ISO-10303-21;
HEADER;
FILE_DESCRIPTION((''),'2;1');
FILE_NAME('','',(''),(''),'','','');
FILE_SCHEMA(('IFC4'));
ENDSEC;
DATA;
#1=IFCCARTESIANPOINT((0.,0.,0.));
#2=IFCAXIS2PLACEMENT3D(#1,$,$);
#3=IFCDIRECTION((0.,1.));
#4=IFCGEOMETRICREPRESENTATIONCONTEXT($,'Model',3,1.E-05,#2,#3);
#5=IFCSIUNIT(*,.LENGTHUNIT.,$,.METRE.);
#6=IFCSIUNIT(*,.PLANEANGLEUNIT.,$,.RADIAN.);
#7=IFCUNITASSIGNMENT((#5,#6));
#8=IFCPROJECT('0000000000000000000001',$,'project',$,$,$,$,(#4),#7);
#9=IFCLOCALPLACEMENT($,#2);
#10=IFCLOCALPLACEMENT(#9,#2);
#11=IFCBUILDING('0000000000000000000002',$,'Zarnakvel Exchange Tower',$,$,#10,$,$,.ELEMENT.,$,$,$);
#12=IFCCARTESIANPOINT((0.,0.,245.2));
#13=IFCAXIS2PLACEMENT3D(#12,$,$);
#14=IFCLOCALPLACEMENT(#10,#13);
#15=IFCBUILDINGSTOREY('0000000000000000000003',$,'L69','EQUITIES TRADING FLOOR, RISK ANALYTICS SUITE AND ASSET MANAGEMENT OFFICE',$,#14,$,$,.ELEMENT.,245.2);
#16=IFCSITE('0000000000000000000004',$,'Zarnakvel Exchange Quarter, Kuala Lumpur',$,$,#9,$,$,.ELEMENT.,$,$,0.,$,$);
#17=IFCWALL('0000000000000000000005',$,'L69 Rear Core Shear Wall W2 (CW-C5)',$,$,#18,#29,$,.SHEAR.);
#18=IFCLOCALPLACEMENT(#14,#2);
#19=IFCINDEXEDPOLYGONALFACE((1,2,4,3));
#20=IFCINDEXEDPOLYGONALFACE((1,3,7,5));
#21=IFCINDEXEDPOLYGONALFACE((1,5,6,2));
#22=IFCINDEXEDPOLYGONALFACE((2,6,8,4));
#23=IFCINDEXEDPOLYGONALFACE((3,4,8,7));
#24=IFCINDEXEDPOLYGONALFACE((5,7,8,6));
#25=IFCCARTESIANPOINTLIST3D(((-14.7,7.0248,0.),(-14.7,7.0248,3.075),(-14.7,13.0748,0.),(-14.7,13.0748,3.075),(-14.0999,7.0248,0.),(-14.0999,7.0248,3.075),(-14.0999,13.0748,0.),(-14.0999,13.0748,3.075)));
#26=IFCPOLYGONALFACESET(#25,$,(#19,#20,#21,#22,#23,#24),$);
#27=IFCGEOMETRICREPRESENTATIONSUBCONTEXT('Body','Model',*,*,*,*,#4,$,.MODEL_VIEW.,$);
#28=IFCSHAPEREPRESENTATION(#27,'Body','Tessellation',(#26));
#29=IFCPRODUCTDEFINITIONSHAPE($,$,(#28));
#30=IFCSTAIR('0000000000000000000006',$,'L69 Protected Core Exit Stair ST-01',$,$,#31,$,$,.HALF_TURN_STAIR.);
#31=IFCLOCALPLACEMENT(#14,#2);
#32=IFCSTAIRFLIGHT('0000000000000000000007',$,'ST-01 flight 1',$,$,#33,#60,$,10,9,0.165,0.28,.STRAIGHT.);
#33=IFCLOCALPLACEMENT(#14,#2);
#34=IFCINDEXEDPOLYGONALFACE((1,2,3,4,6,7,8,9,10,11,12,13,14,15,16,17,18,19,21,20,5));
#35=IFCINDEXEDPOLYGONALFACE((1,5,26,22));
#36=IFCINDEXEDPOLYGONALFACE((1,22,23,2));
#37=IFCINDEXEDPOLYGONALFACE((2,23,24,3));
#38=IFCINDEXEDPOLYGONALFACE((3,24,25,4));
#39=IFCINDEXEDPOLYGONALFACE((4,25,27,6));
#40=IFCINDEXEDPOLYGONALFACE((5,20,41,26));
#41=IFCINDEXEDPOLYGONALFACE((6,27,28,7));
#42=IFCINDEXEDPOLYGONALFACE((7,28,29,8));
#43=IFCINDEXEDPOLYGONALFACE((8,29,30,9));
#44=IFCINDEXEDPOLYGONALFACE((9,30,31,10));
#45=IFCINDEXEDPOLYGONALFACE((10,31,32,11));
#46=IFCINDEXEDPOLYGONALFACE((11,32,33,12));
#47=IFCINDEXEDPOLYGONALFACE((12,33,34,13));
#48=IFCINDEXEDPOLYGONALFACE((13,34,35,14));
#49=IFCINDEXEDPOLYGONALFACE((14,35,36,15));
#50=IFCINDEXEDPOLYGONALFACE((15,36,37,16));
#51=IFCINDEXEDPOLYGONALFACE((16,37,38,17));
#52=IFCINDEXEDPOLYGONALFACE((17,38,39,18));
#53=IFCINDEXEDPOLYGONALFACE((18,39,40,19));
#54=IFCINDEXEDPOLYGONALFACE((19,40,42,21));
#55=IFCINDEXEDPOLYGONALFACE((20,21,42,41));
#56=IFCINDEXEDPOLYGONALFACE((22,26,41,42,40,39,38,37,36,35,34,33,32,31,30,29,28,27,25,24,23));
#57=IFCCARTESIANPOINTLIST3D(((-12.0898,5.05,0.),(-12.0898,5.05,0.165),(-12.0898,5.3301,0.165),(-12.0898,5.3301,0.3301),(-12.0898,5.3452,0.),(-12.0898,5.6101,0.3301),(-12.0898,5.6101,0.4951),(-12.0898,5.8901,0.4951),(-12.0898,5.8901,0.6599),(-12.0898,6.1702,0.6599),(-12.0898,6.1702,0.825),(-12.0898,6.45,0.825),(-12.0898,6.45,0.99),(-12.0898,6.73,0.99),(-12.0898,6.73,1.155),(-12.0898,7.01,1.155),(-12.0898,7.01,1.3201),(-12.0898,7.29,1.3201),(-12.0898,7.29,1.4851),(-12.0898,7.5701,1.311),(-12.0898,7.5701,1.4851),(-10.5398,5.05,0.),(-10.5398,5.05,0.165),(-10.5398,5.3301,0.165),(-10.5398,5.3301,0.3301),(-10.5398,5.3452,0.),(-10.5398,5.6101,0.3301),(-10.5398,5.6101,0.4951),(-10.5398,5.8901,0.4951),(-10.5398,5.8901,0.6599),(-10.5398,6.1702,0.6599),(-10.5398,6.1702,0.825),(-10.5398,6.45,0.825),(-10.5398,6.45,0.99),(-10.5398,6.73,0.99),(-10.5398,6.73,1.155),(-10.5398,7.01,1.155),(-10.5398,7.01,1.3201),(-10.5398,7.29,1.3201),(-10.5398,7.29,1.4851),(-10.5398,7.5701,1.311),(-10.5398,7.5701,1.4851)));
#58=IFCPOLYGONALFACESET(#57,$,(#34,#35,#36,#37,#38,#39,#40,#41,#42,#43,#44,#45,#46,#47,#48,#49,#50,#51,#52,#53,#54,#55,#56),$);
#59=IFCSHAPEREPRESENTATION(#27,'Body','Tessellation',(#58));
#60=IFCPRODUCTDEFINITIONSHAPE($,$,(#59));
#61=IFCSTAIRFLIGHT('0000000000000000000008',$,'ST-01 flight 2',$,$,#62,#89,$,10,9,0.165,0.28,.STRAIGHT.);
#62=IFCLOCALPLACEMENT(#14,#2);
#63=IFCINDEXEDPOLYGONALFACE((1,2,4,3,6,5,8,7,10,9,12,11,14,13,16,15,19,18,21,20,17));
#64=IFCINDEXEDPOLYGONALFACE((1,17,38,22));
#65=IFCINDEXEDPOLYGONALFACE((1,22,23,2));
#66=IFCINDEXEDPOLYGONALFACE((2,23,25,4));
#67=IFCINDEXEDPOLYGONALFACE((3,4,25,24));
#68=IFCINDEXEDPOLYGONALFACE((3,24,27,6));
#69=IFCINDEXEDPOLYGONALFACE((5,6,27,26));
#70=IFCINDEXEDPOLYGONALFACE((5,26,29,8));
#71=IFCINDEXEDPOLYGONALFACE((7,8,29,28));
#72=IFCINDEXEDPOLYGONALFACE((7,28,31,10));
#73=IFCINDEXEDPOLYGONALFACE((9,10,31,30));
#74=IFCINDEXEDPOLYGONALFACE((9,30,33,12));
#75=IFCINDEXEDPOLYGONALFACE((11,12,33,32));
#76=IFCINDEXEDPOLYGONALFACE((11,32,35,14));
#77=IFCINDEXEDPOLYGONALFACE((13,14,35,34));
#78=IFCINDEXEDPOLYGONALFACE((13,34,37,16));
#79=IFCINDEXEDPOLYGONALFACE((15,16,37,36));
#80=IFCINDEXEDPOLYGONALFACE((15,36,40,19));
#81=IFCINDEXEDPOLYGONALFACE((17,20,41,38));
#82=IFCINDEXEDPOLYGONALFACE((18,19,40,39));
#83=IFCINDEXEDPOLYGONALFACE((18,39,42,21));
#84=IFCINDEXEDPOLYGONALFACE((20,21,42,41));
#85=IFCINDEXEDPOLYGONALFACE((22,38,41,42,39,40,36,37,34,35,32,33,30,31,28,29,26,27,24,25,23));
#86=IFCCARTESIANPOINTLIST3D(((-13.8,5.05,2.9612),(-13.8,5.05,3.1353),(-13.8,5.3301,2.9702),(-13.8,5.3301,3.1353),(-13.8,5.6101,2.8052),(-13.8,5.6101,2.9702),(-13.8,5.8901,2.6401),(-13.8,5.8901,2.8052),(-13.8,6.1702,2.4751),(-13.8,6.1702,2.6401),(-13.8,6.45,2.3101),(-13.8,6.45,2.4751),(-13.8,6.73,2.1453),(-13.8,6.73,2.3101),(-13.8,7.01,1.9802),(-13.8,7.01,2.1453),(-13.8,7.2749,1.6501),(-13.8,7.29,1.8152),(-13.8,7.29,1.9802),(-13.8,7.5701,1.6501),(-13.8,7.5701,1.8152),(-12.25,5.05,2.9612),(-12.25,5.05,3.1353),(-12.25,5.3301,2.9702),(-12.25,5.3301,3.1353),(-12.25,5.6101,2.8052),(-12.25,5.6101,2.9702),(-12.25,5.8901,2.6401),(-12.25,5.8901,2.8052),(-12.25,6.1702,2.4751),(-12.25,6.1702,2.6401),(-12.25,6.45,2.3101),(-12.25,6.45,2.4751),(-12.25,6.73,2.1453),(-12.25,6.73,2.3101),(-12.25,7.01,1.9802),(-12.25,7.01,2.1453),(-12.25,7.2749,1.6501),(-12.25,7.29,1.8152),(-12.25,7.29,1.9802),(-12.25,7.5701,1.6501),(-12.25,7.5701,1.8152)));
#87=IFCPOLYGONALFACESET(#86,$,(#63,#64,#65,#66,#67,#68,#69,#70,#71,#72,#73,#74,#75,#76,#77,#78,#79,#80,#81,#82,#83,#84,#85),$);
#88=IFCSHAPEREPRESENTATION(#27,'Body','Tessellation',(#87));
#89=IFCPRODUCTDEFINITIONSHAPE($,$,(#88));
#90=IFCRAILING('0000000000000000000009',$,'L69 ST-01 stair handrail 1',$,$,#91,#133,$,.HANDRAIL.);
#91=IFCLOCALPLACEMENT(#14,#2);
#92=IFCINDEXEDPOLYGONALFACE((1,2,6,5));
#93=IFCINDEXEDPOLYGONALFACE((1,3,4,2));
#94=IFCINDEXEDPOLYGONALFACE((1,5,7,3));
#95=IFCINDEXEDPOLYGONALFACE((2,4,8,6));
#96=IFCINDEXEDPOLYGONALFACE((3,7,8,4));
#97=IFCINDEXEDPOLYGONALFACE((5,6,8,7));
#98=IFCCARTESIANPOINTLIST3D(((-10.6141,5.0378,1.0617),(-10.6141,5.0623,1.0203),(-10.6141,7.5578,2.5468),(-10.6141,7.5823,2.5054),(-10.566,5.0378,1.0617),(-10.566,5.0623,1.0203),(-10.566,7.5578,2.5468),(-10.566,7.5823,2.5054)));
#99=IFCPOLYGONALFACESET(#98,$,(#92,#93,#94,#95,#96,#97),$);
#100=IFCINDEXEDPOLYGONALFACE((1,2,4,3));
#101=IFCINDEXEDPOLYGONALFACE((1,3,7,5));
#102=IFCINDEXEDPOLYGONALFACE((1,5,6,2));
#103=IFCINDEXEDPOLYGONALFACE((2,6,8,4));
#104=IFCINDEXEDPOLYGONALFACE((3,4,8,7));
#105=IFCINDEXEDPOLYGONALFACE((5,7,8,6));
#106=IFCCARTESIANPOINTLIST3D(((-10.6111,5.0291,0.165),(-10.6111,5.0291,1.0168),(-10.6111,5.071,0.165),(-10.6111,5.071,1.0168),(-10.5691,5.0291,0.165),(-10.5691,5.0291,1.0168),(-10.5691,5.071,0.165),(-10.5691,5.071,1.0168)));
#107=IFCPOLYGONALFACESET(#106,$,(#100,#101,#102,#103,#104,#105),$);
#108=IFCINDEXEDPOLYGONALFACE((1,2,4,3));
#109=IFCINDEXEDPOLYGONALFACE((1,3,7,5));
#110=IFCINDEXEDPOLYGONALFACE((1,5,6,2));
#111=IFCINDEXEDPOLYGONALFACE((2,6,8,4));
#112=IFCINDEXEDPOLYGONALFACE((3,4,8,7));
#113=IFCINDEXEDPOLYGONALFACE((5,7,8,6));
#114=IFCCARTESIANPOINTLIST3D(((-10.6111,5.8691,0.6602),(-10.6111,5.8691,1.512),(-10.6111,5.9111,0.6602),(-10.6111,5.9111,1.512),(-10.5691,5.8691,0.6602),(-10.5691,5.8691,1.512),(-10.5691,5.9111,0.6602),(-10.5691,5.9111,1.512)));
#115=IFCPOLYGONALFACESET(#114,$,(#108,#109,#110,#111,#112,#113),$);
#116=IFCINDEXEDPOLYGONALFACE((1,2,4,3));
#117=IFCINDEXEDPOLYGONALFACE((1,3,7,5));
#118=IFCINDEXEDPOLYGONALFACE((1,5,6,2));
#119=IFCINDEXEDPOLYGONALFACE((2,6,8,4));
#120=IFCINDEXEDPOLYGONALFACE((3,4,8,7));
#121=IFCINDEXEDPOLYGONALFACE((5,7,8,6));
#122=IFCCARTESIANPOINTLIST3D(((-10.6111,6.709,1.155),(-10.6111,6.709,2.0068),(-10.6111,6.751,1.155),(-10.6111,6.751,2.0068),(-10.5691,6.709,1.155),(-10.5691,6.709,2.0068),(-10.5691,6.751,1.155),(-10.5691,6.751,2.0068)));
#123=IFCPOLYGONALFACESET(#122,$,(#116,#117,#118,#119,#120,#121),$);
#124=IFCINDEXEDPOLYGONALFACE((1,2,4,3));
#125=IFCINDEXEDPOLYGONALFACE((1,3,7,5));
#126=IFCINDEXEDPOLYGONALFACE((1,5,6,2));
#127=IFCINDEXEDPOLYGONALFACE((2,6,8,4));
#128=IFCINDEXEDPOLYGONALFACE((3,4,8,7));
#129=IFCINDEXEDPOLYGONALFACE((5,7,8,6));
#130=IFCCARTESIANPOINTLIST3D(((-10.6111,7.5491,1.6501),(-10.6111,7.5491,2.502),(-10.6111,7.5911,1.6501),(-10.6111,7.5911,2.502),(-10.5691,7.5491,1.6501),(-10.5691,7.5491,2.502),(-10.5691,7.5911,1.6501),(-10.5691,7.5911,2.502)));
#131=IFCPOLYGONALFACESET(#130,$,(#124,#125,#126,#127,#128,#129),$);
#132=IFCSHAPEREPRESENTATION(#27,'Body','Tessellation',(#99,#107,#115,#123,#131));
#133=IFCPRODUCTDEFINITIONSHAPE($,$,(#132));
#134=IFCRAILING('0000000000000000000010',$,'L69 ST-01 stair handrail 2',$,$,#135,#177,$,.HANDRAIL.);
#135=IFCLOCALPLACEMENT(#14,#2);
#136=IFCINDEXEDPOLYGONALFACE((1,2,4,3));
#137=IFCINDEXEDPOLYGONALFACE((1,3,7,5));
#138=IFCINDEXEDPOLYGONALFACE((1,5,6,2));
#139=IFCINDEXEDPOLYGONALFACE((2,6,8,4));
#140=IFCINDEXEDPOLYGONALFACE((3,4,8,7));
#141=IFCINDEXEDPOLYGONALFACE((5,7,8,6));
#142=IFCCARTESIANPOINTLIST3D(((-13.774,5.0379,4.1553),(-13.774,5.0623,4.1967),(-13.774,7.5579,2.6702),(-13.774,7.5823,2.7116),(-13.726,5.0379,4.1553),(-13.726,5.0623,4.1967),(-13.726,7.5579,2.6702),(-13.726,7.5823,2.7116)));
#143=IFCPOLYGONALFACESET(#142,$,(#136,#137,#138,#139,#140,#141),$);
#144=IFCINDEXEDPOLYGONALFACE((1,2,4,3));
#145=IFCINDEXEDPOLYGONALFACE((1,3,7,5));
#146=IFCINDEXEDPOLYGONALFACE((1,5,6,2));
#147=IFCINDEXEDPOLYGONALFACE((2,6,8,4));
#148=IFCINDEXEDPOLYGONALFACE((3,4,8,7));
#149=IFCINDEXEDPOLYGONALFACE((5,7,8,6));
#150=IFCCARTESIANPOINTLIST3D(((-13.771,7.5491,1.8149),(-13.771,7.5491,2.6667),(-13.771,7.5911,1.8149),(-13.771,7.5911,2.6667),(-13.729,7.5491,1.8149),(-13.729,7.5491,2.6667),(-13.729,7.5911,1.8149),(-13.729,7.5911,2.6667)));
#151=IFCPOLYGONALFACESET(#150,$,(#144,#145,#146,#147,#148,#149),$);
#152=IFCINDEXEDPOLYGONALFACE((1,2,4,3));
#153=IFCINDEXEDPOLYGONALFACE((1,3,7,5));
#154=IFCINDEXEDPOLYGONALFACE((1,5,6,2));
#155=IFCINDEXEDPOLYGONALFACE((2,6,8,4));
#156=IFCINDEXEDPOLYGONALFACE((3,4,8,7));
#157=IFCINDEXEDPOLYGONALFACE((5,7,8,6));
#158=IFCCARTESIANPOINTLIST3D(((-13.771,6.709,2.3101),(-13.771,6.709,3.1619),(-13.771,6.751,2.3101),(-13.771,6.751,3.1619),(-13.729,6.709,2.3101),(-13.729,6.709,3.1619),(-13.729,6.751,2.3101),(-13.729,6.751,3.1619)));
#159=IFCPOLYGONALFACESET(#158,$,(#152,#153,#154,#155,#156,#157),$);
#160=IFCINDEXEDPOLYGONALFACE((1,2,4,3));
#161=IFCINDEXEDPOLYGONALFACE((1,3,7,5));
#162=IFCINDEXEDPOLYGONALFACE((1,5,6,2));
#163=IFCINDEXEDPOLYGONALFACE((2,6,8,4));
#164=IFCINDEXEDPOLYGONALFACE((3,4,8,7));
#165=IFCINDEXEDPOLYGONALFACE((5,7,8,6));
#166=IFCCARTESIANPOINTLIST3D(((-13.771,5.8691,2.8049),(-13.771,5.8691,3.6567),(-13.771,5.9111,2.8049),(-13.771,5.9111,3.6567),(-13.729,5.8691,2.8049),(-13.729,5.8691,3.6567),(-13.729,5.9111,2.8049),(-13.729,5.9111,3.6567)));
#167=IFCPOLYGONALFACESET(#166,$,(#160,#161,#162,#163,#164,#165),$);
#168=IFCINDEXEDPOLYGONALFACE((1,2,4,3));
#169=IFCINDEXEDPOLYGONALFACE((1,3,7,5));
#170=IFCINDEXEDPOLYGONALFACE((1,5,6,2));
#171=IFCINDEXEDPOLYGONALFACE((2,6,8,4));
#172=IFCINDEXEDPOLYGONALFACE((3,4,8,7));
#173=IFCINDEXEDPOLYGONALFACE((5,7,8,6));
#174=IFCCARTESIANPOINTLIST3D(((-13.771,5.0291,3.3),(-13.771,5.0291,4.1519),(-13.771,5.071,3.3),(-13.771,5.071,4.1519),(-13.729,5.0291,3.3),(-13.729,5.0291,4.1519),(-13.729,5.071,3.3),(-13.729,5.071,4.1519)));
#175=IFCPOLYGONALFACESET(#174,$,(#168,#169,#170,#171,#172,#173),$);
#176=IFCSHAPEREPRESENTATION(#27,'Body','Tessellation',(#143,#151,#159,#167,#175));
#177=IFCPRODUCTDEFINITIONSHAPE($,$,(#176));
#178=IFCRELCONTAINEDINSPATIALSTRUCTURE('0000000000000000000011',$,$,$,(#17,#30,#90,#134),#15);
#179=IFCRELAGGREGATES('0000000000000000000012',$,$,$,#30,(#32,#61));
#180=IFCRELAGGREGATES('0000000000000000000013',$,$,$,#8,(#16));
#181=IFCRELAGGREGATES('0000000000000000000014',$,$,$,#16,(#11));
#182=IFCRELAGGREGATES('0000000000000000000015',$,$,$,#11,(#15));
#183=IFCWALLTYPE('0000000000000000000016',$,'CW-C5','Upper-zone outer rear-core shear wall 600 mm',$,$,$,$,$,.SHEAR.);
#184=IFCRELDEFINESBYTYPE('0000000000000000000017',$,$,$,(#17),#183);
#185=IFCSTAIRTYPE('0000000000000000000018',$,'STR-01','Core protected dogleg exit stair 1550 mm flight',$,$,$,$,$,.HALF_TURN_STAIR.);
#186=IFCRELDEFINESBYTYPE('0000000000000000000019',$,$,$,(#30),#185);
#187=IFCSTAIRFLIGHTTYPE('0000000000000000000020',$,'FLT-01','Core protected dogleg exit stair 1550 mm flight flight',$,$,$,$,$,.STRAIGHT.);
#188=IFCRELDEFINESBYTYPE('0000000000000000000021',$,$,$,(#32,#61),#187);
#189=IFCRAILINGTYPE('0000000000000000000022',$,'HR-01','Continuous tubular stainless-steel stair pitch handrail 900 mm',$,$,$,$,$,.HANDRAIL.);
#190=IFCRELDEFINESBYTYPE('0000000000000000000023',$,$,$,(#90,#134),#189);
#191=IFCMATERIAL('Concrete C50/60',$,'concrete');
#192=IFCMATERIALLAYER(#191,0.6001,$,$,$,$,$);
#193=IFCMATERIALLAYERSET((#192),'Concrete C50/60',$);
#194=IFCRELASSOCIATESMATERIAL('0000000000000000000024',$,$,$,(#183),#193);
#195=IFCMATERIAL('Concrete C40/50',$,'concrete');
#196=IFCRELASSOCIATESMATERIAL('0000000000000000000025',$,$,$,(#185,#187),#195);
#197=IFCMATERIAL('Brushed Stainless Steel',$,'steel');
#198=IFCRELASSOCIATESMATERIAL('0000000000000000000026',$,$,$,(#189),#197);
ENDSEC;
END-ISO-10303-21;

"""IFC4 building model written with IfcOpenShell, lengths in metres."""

from ifc_helpers import new_model, si_unit, direction, frame, frame_2d, origin, origin_2d, place, context, subcontext, project, spatial, polyline, rectangle, outline, extrude, material, layer, layer_set, type_object, element, aggregate, save


model = new_model("IFC4")

# Units and contexts
model_context = context("Model", 3, precision=1e-05, world=origin(), true_north=direction((0.0, 1.0)))
body_context = subcontext(model_context, "Body", "Model", "MODEL_VIEW")
ifc_project = project(units=[si_unit("LENGTHUNIT", "METRE"), si_unit("PLANEANGLEUNIT", "RADIAN")], contexts=[model_context])

# Site, building, storey
site_placement = place(None, origin())
site = spatial("IfcSite", under=ifc_project, at=site_placement, Name="Zarnakvel Exchange Quarter, Kuala Lumpur", CompositionType="ELEMENT", RefElevation=0.0)
building_placement = place(site_placement, origin())
building = spatial("IfcBuilding", under=site, at=building_placement, Name="Zarnakvel Exchange Tower", CompositionType="ELEMENT")
storey_placement = place(building_placement, frame((0.0, 0.0, 245.2)))
storey = spatial("IfcBuildingStorey", under=building, at=storey_placement, Name="L69", Description="EQUITIES TRADING FLOOR, RISK ANALYTICS SUITE AND ASSET MANAGEMENT OFFICE", CompositionType="ELEMENT", Elevation=245.2)

# Shared definitions
ifc_material_1 = material(Name="Concrete C50/60", Category="concrete")

# Wall
ifc_layer_1 = layer(ifc_material_1, 0.6001)
ifc_layer_set_1 = layer_set([ifc_layer_1], Name="Concrete C50/60")
wall_type_1 = type_object("IfcWallType", Name="CW-C5", Description="Upper-zone outer rear-core shear wall 600 mm", PredefinedType="SHEAR", material=ifc_layer_set_1)
wall_1_placement = place(storey_placement, frame((-14.3999, 7.0249, 0.0), z_axis=(0.0, 0.0, 1.0), x_axis=(0.0, 1.0, 0.0)))
element("IfcWall", 1, at=wall_1_placement, inside=storey, type_object=wall_type_1, Name="L69 Rear Core Shear Wall W2 (CW-C5)", PredefinedType="SHEAR", context=body_context, shape_type="SweptSolid", body=[
    extrude(rectangle(XDim=6.05, YDim=0.6001, at=frame_2d((3.0249, 0.0))), origin(), (0.0, 0.0, 1.0), 3.075),
])

# Shared definitions
ifc_material_2 = material(Name="Concrete C40/50", Category="concrete")

# Stair, stair flights
stair_type = type_object("IfcStairType", Name="STR-01", Description="Core protected dogleg exit stair 1550 mm flight", PredefinedType="HALF_TURN_STAIR", material=ifc_material_2)
stair_placement = place(storey_placement, origin())
stair = element("IfcStair", 2, at=stair_placement, inside=storey, type_object=stair_type, Name="L69 Protected Core Exit Stair ST-01", PredefinedType="HALF_TURN_STAIR")
stair_flight_type = type_object("IfcStairFlightType", Name="FLT-01", Description="Core protected dogleg exit stair 1550 mm flight flight", PredefinedType="STRAIGHT", material=ifc_material_2)
stair_flight_1_placement = place(storey_placement, frame((-11.3149, 5.05, 0.0), z_axis=(0.0, 0.0, 1.0), x_axis=(0.0, 1.0, 0.0)))
stair_flight_1 = element("IfcStairFlight", 3, at=stair_flight_1_placement, type_object=stair_flight_type, Name="ST-01 flight 1", NumberOfRisers=10, NumberOfTreads=9, PredefinedType="STRAIGHT", RiserHeight=0.165, TreadLength=0.28, context=body_context, shape_type="SweptSolid", body=[
    extrude(outline(polyline([(0.0, 0.0), (0.0, 0.165), (0.28, 0.165), (0.28, 0.3301), (0.5601, 0.3301), (0.5601, 0.4951), (0.8401, 0.4951), (0.8401, 0.6599), (1.1201, 0.6599), (1.1201, 0.825), (1.3999, 0.825), (1.3999, 0.99), (1.6799, 0.99), (1.6799, 1.155), (1.96, 1.155), (1.96, 1.3201), (2.24, 1.3201), (2.24, 1.4851), (2.52, 1.4851), (2.52, 1.6499), (2.52, 1.311), (0.2952, 0.0), (0.0, 0.0)])), frame((0.0, 0.7749, 0.0), z_axis=(0.0, -1.0, 0.0), x_axis=(1.0, 0.0, 0.0)), (0.0, 0.0, 1.0), 1.55),
])
stair_flight_2_placement = place(storey_placement, frame((-13.0249, 7.5701, 1.6501), z_axis=(0.0, 0.0, 1.0), x_axis=(0.0, -1.0, 0.0)))
stair_flight_2 = element("IfcStairFlight", 4, at=stair_flight_2_placement, type_object=stair_flight_type, Name="ST-01 flight 2", NumberOfRisers=10, NumberOfTreads=9, PredefinedType="STRAIGHT", RiserHeight=0.165, TreadLength=0.28, context=body_context, shape_type="SweptSolid", body=[
    extrude(outline(polyline([(0.0, 0.0), (0.0, 0.165), (0.28, 0.165), (0.28, 0.3301), (0.5601, 0.3301), (0.5601, 0.4951), (0.8401, 0.4951), (0.8401, 0.6599), (1.1201, 0.6599), (1.1201, 0.825), (1.3999, 0.825), (1.3999, 0.99), (1.6799, 0.99), (1.6799, 1.155), (1.96, 1.155), (1.96, 1.3201), (2.24, 1.3201), (2.24, 1.4851), (2.52, 1.4851), (2.52, 1.6499), (2.52, 1.311), (0.2952, 0.0), (0.0, 0.0)])), frame((0.0, 0.7749, 0.0), z_axis=(0.0, -1.0, 0.0), x_axis=(1.0, 0.0, 0.0)), (0.0, 0.0, 1.0), 1.55),
])
aggregate(stair, [stair_flight_1, stair_flight_2])

# Railings
ifc_material_3 = material(Name="Brushed Stainless Steel", Category="steel")
railing_type_1 = type_object("IfcRailingType", Name="HR-01", Description="Continuous tubular stainless-steel stair pitch handrail 900 mm", PredefinedType="HANDRAIL", material=ifc_material_3)
railing_1_placement = place(storey_placement, frame((-10.5901, 5.05, 0.165)))
element("IfcRailing", 5, at=railing_1_placement, inside=storey, type_object=railing_type_1, Name="L69 ST-01 stair handrail 1", PredefinedType="HANDRAIL", context=body_context, shape_type="SweptSolid", body=[
    extrude(rectangle(XDim=0.0481, YDim=0.0481, at=origin_2d()), frame((0.0, 0.0, 0.876), z_axis=(0.0, 0.861524, 0.507717), x_axis=(-1.0, 0.0, 0.0)), (0.0, 0.0, 1.0), 2.925),
    extrude(rectangle(XDim=0.042, YDim=0.042, at=origin_2d()), origin(), (0.0, 0.0, 1.0), 0.8518),
    extrude(rectangle(XDim=0.042, YDim=0.042, at=origin_2d()), frame((0.0, 0.8401, 0.4951)), (0.0, 0.0, 1.0), 0.8518),
    extrude(rectangle(XDim=0.042, YDim=0.042, at=origin_2d()), frame((0.0, 1.6799, 0.99)), (0.0, 0.0, 1.0), 0.8518),
    extrude(rectangle(XDim=0.042, YDim=0.042, at=origin_2d()), frame((0.0, 2.52, 1.4851)), (0.0, 0.0, 1.0), 0.8518),
])
railing_2_placement = place(storey_placement, frame((-13.75, 7.5701, 1.8149)))
element("IfcRailing", 6, at=railing_2_placement, inside=storey, type_object=railing_type_1, Name="L69 ST-01 stair handrail 2", PredefinedType="HANDRAIL", context=body_context, shape_type="SweptSolid", body=[
    extrude(rectangle(XDim=0.0481, YDim=0.0481, at=origin_2d()), frame((0.0, 0.0, 0.876), z_axis=(0.0, -0.861524, 0.507717), x_axis=(1.0, 0.0, 0.0)), (0.0, 0.0, 1.0), 2.925),
    extrude(rectangle(XDim=0.042, YDim=0.042, at=origin_2d()), origin(), (0.0, 0.0, 1.0), 0.8518),
    extrude(rectangle(XDim=0.042, YDim=0.042, at=origin_2d()), frame((0.0, -0.8401, 0.4951)), (0.0, 0.0, 1.0), 0.8518),
    extrude(rectangle(XDim=0.042, YDim=0.042, at=origin_2d()), frame((0.0, -1.6799, 0.99)), (0.0, 0.0, 1.0), 0.8518),
    extrude(rectangle(XDim=0.042, YDim=0.042, at=origin_2d()), frame((0.0, -2.52, 1.4851)), (0.0, 0.0, 1.0), 0.8518),
])

save(model, "model.ifc")
